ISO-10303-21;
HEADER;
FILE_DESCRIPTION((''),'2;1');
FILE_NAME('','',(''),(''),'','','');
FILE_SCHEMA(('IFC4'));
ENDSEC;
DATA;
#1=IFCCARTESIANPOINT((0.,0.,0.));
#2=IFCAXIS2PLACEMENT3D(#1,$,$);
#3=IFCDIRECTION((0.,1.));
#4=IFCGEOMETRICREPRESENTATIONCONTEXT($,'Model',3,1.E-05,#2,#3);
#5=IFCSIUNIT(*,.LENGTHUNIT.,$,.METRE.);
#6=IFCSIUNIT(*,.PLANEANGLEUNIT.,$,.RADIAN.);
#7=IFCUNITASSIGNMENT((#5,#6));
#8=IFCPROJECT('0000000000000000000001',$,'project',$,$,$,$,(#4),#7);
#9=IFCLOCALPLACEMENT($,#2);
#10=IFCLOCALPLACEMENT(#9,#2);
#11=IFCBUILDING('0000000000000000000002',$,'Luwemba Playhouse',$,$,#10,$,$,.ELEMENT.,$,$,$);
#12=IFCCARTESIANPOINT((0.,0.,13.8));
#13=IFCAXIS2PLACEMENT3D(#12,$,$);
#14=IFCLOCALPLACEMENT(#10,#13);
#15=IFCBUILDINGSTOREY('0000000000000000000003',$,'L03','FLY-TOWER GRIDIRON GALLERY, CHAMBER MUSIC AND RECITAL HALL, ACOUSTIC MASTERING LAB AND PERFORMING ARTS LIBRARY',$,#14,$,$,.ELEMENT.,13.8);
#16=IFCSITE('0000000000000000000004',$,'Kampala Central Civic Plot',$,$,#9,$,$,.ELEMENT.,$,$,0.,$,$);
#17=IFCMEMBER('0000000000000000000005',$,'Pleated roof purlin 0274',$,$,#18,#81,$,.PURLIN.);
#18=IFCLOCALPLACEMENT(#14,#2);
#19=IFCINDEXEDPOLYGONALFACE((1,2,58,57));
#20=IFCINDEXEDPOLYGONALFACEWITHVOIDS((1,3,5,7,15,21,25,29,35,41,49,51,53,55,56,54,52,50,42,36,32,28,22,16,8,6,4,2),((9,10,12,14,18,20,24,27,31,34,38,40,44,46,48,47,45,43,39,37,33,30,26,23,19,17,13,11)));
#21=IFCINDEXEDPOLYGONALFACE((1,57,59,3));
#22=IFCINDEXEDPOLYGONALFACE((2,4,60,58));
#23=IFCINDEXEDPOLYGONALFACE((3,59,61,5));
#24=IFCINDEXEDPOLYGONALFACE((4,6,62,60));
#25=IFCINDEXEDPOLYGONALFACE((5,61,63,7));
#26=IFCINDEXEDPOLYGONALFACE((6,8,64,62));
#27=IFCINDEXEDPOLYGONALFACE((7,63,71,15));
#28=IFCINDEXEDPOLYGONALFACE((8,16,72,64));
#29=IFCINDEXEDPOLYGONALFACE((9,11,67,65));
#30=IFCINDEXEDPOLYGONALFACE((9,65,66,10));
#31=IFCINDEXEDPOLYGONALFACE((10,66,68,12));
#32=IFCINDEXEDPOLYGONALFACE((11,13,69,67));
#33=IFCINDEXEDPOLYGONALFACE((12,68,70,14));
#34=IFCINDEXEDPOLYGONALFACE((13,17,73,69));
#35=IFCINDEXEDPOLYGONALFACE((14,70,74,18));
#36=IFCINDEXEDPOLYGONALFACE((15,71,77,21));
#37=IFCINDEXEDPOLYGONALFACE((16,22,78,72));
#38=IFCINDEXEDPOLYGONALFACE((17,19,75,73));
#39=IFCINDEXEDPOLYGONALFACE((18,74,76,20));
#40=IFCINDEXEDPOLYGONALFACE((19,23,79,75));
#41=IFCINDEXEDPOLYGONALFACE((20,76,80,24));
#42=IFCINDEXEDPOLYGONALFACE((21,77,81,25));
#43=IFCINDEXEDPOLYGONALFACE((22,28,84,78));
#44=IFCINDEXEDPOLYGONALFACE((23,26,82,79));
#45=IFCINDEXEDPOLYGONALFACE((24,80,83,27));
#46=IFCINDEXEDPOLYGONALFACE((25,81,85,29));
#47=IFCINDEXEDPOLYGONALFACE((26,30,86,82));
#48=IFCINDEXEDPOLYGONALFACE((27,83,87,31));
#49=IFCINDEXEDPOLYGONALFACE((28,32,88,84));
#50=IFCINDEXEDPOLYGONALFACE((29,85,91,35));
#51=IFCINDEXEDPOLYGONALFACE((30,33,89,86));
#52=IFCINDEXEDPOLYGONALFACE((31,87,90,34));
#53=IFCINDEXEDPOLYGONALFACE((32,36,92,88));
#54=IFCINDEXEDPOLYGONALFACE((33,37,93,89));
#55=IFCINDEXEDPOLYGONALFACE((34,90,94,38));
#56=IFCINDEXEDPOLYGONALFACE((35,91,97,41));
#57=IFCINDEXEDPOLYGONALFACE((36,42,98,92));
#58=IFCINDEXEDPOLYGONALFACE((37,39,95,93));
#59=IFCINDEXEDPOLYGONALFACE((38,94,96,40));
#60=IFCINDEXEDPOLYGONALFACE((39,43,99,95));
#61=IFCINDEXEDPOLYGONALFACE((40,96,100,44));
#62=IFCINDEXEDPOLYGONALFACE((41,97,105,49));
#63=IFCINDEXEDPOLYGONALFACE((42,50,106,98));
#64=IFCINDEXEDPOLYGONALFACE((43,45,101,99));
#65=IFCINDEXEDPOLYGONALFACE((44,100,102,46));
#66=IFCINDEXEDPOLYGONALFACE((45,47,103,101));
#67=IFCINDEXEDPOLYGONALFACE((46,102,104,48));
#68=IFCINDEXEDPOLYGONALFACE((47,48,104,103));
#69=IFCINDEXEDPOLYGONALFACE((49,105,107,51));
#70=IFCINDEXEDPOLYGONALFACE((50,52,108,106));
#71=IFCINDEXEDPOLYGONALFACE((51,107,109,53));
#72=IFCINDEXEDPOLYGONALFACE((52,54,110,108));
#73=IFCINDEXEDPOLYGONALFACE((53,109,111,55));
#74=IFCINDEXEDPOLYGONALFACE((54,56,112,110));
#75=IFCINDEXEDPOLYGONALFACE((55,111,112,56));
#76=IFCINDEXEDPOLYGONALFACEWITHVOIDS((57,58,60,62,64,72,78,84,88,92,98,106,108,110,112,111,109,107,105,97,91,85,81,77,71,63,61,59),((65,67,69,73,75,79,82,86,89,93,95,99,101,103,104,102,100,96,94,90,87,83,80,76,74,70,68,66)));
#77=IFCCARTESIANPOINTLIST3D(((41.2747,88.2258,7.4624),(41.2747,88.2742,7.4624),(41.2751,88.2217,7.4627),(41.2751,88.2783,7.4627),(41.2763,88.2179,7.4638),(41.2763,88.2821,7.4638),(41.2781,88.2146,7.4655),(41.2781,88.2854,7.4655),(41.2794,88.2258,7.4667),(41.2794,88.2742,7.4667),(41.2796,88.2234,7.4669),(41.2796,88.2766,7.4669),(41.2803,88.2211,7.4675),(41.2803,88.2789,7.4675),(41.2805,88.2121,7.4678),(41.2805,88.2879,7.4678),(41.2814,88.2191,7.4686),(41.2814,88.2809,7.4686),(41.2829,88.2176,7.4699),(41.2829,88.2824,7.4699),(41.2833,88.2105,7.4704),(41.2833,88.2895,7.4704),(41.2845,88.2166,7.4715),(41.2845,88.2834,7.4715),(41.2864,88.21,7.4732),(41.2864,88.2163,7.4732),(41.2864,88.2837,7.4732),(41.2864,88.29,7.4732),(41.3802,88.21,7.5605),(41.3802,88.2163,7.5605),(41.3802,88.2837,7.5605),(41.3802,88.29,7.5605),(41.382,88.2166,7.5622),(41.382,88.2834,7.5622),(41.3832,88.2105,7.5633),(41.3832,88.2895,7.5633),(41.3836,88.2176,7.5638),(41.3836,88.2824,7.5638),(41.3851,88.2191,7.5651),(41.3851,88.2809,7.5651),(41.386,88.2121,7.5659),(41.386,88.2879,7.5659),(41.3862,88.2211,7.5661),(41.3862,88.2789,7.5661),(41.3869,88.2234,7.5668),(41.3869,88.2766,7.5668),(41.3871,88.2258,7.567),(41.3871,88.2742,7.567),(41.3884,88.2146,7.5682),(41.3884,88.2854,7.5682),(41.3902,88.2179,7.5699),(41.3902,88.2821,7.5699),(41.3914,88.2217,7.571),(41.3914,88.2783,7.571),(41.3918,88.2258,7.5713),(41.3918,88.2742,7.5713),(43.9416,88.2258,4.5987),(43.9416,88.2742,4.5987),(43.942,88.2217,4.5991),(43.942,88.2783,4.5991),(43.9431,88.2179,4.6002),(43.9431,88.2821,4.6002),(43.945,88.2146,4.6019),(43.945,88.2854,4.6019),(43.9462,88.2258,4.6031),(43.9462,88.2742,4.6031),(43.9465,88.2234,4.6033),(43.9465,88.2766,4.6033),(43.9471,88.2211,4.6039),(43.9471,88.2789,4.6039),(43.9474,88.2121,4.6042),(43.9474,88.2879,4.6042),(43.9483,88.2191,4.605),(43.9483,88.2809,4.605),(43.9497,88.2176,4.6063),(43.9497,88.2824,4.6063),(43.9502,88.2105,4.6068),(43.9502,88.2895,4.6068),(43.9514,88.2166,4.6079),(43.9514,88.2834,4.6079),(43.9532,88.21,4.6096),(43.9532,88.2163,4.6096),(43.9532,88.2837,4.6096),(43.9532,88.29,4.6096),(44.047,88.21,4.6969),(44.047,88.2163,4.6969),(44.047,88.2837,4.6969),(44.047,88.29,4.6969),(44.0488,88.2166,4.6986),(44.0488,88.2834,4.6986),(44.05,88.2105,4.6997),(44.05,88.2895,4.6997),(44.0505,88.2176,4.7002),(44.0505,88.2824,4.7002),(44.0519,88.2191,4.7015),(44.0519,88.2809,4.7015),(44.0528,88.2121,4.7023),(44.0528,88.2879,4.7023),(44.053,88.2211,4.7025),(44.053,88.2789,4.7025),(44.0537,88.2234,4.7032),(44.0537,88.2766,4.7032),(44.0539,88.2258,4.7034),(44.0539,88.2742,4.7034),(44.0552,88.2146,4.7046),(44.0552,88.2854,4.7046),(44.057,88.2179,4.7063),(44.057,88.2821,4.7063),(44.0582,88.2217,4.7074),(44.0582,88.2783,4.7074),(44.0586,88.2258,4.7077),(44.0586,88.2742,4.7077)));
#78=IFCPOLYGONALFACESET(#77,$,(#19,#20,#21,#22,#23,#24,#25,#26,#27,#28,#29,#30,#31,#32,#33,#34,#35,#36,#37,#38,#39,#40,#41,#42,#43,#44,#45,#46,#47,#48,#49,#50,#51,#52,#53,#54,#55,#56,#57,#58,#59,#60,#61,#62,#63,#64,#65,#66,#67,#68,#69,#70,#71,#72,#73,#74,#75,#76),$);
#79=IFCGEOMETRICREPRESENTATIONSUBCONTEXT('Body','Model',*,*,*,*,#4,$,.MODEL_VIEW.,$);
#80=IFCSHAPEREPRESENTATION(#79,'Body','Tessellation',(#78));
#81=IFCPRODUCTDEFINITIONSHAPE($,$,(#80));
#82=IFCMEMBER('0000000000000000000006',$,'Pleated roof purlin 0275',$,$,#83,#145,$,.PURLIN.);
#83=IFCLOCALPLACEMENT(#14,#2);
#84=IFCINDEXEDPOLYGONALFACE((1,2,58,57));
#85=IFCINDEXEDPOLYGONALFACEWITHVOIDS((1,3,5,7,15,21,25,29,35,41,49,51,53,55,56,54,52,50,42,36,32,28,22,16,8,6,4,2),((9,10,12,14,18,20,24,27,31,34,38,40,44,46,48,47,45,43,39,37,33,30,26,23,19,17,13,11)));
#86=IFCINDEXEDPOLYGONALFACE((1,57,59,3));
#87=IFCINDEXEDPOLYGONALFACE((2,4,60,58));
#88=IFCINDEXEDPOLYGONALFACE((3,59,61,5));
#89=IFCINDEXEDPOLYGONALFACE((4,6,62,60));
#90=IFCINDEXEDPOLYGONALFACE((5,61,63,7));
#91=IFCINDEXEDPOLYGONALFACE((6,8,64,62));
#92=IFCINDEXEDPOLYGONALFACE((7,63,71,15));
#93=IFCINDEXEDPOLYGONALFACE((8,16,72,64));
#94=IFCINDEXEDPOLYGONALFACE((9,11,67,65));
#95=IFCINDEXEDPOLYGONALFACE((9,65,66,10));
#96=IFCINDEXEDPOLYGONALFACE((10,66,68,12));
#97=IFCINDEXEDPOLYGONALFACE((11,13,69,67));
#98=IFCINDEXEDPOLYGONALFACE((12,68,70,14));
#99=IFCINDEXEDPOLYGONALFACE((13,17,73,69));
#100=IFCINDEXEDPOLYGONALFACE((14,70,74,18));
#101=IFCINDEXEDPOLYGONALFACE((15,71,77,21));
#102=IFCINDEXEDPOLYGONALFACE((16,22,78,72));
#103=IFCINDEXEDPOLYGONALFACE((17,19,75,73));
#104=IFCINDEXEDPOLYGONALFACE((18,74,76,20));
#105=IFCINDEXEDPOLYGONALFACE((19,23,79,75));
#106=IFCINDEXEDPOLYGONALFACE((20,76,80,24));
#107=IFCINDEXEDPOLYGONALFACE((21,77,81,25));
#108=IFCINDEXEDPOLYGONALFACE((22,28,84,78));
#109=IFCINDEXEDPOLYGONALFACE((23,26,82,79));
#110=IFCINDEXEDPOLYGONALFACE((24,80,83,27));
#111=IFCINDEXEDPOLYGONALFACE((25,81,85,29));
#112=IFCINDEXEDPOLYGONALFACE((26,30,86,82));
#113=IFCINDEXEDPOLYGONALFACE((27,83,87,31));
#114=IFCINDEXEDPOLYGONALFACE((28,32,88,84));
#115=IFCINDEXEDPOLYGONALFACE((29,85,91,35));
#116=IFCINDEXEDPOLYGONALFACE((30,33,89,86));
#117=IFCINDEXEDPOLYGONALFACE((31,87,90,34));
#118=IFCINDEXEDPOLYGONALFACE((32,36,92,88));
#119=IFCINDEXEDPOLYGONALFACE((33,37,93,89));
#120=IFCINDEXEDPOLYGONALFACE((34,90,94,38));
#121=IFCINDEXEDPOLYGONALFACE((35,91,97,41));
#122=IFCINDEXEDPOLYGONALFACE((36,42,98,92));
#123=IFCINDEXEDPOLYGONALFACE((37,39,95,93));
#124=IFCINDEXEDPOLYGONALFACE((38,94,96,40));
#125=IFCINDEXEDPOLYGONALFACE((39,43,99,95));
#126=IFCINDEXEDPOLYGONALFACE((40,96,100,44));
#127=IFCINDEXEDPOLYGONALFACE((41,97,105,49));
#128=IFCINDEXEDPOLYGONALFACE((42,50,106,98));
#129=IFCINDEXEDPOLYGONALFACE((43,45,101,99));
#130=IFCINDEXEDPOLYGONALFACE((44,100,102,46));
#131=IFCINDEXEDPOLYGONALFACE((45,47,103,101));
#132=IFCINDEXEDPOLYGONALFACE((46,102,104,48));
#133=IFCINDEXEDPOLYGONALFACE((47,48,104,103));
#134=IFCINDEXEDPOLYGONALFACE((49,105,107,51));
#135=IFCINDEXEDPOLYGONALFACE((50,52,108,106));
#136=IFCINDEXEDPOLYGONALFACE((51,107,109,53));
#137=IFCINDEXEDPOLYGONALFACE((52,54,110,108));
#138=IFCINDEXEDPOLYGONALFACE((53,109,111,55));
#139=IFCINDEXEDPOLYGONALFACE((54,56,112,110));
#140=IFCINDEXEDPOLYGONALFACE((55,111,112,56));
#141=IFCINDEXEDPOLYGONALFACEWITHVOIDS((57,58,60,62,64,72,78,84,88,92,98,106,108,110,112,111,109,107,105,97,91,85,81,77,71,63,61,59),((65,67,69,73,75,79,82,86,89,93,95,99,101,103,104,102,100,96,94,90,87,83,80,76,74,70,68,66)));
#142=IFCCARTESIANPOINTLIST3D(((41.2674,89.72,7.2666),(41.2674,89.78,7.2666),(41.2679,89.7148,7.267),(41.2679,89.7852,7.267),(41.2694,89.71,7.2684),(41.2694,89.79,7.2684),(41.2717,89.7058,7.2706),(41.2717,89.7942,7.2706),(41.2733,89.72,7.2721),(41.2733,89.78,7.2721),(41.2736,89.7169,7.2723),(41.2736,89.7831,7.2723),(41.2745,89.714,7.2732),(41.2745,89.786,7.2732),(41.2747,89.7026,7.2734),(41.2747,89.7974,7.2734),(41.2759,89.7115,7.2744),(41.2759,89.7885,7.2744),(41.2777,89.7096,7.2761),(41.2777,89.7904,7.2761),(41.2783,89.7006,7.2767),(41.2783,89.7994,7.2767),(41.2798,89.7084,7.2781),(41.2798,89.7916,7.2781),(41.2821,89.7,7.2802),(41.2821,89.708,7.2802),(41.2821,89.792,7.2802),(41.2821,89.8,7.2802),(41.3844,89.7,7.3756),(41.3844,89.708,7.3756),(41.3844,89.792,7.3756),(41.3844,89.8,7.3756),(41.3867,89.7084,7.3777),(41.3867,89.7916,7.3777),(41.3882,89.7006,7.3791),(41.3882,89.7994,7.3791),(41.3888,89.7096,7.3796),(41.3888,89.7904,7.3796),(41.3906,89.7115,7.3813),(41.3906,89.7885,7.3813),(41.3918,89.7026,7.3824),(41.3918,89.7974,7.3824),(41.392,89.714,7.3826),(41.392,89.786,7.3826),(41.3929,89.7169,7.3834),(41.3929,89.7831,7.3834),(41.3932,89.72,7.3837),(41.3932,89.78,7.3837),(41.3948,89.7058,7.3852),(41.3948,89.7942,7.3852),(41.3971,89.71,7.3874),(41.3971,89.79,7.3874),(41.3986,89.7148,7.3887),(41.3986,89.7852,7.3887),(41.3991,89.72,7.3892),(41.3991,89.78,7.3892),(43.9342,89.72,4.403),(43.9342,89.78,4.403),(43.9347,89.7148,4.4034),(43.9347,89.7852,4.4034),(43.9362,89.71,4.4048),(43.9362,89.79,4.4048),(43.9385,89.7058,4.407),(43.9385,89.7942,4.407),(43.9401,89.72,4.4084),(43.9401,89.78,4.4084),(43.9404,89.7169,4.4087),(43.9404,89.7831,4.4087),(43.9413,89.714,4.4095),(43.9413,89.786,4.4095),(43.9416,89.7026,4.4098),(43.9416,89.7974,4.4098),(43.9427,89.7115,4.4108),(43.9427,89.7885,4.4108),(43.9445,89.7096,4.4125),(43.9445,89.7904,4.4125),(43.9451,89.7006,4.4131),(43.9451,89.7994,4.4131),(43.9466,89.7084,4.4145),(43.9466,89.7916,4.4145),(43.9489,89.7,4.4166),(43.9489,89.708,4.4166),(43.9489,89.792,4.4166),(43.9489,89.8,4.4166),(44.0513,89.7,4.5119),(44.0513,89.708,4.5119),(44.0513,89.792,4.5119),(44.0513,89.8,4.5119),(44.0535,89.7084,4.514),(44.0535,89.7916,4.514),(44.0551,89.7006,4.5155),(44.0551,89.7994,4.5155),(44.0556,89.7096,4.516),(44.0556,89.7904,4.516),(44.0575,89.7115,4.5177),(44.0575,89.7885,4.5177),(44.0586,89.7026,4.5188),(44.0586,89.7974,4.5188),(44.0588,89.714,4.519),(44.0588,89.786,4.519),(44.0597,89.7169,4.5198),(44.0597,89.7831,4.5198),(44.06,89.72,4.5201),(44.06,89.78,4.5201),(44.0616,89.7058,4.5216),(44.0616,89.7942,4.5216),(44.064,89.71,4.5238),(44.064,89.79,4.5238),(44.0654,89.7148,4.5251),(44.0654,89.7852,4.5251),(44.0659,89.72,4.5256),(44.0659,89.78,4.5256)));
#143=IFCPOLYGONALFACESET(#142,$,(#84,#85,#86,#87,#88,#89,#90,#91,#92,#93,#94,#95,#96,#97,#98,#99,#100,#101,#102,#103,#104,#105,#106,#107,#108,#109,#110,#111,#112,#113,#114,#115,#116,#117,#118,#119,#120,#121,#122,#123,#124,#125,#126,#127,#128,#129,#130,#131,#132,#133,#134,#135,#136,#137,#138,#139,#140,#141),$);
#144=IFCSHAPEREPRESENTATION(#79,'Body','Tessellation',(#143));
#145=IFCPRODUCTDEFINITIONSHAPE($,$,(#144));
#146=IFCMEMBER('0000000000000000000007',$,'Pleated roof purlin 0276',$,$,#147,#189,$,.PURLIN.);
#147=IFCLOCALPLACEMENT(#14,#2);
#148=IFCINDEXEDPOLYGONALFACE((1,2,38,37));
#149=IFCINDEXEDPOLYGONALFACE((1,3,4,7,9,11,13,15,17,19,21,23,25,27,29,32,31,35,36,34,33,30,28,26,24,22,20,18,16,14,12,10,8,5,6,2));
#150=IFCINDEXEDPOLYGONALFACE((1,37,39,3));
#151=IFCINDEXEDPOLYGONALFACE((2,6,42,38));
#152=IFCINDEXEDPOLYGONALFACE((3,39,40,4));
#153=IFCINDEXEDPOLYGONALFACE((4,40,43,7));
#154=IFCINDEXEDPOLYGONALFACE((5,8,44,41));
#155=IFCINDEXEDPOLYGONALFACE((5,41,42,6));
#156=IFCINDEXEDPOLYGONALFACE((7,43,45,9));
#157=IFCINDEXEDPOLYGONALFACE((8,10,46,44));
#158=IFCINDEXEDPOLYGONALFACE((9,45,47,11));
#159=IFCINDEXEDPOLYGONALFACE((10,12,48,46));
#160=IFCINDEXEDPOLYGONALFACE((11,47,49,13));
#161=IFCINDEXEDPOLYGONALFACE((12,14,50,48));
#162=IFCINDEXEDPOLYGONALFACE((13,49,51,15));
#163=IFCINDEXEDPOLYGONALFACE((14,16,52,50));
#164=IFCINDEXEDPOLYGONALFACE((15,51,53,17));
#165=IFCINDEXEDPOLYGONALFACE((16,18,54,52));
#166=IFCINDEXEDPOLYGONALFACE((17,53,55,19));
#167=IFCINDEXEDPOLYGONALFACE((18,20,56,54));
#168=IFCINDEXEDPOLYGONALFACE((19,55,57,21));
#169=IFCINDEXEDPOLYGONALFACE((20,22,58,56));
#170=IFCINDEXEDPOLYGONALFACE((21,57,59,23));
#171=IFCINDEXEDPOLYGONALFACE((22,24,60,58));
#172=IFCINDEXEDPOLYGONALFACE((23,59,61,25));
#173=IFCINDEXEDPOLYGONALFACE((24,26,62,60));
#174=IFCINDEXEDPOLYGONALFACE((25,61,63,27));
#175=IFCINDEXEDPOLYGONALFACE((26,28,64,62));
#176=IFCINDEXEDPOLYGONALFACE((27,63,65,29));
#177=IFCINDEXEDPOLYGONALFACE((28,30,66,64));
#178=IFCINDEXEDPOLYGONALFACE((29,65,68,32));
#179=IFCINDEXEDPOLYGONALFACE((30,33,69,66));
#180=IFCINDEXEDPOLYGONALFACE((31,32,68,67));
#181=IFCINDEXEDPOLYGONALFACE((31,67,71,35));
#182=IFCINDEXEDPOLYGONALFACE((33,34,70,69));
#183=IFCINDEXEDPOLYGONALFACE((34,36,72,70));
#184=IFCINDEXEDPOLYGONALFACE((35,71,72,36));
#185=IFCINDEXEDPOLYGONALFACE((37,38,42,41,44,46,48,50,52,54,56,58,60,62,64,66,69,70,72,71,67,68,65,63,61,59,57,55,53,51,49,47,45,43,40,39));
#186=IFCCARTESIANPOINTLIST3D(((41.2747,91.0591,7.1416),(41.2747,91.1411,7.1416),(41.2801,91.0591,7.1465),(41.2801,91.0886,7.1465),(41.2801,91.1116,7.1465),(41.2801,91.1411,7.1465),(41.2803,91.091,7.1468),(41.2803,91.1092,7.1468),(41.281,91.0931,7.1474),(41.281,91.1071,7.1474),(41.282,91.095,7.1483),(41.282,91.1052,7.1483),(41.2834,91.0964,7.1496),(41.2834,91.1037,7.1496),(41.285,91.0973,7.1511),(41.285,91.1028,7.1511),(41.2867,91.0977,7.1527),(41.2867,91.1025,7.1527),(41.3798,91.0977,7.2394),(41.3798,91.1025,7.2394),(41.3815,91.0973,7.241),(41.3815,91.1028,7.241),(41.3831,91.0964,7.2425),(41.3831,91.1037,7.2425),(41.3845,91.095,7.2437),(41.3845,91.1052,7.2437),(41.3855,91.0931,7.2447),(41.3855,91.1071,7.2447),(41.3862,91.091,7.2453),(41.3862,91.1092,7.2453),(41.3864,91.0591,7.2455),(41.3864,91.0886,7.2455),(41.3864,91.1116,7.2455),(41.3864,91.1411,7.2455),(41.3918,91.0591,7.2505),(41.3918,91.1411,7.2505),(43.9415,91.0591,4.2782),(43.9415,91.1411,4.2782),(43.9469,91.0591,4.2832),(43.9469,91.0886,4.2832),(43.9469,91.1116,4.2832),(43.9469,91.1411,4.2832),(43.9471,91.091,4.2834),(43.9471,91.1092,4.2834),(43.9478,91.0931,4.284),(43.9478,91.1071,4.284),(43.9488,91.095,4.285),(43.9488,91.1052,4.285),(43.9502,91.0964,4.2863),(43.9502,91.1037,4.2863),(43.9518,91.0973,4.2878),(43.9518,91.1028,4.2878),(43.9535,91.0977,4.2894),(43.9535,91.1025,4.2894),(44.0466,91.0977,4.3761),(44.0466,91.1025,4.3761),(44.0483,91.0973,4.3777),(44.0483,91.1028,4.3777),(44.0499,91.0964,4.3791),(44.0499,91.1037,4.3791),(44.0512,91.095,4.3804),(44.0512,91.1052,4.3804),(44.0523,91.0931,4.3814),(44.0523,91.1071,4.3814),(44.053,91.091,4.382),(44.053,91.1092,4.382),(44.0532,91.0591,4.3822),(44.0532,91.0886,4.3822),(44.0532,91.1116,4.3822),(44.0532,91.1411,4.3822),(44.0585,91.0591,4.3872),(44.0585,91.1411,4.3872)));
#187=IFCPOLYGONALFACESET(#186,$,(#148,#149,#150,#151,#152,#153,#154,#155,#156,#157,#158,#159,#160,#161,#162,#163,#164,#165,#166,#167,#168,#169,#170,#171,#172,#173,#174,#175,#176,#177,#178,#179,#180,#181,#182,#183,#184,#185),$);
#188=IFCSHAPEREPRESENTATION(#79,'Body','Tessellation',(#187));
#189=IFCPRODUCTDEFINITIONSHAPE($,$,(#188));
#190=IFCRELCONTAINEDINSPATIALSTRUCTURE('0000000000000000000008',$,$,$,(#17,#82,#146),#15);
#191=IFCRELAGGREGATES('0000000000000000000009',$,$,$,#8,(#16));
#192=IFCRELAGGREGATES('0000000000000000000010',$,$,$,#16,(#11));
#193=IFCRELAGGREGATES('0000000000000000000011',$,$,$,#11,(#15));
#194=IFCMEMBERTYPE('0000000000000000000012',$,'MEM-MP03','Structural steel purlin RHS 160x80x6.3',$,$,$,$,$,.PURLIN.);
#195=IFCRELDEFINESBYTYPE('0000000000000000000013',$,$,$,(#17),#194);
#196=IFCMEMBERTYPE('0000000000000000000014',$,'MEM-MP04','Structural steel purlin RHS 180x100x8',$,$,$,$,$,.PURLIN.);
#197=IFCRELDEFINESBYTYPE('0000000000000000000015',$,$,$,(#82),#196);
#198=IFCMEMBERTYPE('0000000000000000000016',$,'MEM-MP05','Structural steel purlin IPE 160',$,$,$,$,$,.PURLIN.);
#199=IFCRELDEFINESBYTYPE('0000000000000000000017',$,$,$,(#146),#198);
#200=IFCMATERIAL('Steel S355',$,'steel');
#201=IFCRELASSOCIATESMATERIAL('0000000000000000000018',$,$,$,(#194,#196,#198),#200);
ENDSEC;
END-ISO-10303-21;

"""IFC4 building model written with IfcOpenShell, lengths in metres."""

from ifc_helpers import new_model, si_unit, direction, frame, origin, origin_2d, place, context, subcontext, project, spatial, hollow_rectangle, i_section, extrude, material, material_profile, profile_set, type_object, element, save


model = new_model("IFC4")

# Units and contexts
model_context = context("Model", 3, precision=1e-05, world=origin(), true_north=direction((0.0, 1.0)))
body_context = subcontext(model_context, "Body", "Model", "MODEL_VIEW")
ifc_project = project(units=[si_unit("LENGTHUNIT", "METRE"), si_unit("PLANEANGLEUNIT", "RADIAN")], contexts=[model_context])

# Site, building, storey
site_placement = place(None, origin())
site = spatial("IfcSite", under=ifc_project, at=site_placement, Name="Kampala Central Civic Plot", CompositionType="ELEMENT", RefElevation=0.0)
building_placement = place(site_placement, origin())
building = spatial("IfcBuilding", under=site, at=building_placement, Name="Luwemba Playhouse", CompositionType="ELEMENT")
storey_placement = place(building_placement, frame((0.0, 0.0, 13.8)))
storey = spatial("IfcBuildingStorey", under=building, at=storey_placement, Name="L03", Description="FLY-TOWER GRIDIRON GALLERY, CHAMBER MUSIC AND RECITAL HALL, ACOUSTIC MASTERING LAB AND PERFORMING ARTS LIBRARY", CompositionType="ELEMENT", Elevation=13.8)

# Shared definitions
ifc_material_1 = material(Name="Steel S355", Category="steel")

# Members
ifc_material_profile_1 = material_profile(ifc_material_1, hollow_rectangle(XDim=0.0801, YDim=0.1599, WallThickness=0.0063, InnerFilletRadius=0.0095, OuterFilletRadius=0.0159, at=origin_2d()))
ifc_profile_set_1 = profile_set([ifc_material_profile_1], Name="Steel S355")
member_type_1 = type_object("IfcMemberType", Name="MEM-MP03", Description="Structural steel purlin RHS 160x80x6.3", PredefinedType="PURLIN", material=ifc_profile_set_1)
member_1_placement = place(storey_placement, frame((41.3333, 88.25, 7.5168), z_axis=(0.681515, 0.0, -0.731804), x_axis=(0.0, 1.0, 0.0)))
element("IfcMember", 1, at=member_1_placement, inside=storey, type_object=member_type_1, Name="Pleated roof purlin 0274", PredefinedType="PURLIN", context=body_context, shape_type="SweptSolid", body=[
    extrude(hollow_rectangle(XDim=0.0801, YDim=0.1599, WallThickness=0.0063, InnerFilletRadius=0.0095, OuterFilletRadius=0.0159, at=origin_2d()), origin(), (0.0, 0.0, 1.0), 3.9131),
])
ifc_material_profile_2 = material_profile(ifc_material_1, hollow_rectangle(XDim=0.1001, YDim=0.1799, WallThickness=0.0081, InnerFilletRadius=0.012, OuterFilletRadius=0.02, at=origin_2d()))
ifc_profile_set_2 = profile_set([ifc_material_profile_2], Name="Steel S355")
member_type_2 = type_object("IfcMemberType", Name="MEM-MP04", Description="Structural steel purlin RHS 180x100x8", PredefinedType="PURLIN", material=ifc_profile_set_2)
member_2_placement = place(storey_placement, frame((41.3333, 89.75, 7.3279), z_axis=(0.681515, 0.0, -0.731804), x_axis=(0.0, 1.0, 0.0)))
element("IfcMember", 2, at=member_2_placement, inside=storey, type_object=member_type_2, Name="Pleated roof purlin 0275", PredefinedType="PURLIN", context=body_context, shape_type="SweptSolid", body=[
    extrude(hollow_rectangle(XDim=0.1001, YDim=0.1799, WallThickness=0.0081, InnerFilletRadius=0.012, OuterFilletRadius=0.02, at=origin_2d()), origin(), (0.0, 0.0, 1.0), 3.9131),
])
ifc_material_profile_3 = material_profile(ifc_material_1, i_section(OverallWidth=0.082, OverallDepth=0.1599, WebThickness=0.0049, FlangeThickness=0.0073, FilletRadius=0.009, at=origin_2d()))
ifc_profile_set_3 = profile_set([ifc_material_profile_3], Name="Steel S355")
member_type_3 = type_object("IfcMemberType", Name="MEM-MP05", Description="Structural steel purlin IPE 160", PredefinedType="PURLIN", material=ifc_profile_set_3)
member_3_placement = place(storey_placement, frame((41.3333, 91.1001, 7.196), z_axis=(0.681546, 0.0, -0.731775), x_axis=(0.0, 1.0, 0.0)))
element("IfcMember", 3, at=member_3_placement, inside=storey, type_object=member_type_3, Name="Pleated roof purlin 0276", PredefinedType="PURLIN", context=body_context, shape_type="SweptSolid", body=[
    extrude(i_section(OverallWidth=0.082, OverallDepth=0.1599, WebThickness=0.0049, FlangeThickness=0.0073, FilletRadius=0.009, at=origin_2d()), origin(), (0.0, 0.0, 1.0), 3.9128),
])

save(model, "model.ifc")
